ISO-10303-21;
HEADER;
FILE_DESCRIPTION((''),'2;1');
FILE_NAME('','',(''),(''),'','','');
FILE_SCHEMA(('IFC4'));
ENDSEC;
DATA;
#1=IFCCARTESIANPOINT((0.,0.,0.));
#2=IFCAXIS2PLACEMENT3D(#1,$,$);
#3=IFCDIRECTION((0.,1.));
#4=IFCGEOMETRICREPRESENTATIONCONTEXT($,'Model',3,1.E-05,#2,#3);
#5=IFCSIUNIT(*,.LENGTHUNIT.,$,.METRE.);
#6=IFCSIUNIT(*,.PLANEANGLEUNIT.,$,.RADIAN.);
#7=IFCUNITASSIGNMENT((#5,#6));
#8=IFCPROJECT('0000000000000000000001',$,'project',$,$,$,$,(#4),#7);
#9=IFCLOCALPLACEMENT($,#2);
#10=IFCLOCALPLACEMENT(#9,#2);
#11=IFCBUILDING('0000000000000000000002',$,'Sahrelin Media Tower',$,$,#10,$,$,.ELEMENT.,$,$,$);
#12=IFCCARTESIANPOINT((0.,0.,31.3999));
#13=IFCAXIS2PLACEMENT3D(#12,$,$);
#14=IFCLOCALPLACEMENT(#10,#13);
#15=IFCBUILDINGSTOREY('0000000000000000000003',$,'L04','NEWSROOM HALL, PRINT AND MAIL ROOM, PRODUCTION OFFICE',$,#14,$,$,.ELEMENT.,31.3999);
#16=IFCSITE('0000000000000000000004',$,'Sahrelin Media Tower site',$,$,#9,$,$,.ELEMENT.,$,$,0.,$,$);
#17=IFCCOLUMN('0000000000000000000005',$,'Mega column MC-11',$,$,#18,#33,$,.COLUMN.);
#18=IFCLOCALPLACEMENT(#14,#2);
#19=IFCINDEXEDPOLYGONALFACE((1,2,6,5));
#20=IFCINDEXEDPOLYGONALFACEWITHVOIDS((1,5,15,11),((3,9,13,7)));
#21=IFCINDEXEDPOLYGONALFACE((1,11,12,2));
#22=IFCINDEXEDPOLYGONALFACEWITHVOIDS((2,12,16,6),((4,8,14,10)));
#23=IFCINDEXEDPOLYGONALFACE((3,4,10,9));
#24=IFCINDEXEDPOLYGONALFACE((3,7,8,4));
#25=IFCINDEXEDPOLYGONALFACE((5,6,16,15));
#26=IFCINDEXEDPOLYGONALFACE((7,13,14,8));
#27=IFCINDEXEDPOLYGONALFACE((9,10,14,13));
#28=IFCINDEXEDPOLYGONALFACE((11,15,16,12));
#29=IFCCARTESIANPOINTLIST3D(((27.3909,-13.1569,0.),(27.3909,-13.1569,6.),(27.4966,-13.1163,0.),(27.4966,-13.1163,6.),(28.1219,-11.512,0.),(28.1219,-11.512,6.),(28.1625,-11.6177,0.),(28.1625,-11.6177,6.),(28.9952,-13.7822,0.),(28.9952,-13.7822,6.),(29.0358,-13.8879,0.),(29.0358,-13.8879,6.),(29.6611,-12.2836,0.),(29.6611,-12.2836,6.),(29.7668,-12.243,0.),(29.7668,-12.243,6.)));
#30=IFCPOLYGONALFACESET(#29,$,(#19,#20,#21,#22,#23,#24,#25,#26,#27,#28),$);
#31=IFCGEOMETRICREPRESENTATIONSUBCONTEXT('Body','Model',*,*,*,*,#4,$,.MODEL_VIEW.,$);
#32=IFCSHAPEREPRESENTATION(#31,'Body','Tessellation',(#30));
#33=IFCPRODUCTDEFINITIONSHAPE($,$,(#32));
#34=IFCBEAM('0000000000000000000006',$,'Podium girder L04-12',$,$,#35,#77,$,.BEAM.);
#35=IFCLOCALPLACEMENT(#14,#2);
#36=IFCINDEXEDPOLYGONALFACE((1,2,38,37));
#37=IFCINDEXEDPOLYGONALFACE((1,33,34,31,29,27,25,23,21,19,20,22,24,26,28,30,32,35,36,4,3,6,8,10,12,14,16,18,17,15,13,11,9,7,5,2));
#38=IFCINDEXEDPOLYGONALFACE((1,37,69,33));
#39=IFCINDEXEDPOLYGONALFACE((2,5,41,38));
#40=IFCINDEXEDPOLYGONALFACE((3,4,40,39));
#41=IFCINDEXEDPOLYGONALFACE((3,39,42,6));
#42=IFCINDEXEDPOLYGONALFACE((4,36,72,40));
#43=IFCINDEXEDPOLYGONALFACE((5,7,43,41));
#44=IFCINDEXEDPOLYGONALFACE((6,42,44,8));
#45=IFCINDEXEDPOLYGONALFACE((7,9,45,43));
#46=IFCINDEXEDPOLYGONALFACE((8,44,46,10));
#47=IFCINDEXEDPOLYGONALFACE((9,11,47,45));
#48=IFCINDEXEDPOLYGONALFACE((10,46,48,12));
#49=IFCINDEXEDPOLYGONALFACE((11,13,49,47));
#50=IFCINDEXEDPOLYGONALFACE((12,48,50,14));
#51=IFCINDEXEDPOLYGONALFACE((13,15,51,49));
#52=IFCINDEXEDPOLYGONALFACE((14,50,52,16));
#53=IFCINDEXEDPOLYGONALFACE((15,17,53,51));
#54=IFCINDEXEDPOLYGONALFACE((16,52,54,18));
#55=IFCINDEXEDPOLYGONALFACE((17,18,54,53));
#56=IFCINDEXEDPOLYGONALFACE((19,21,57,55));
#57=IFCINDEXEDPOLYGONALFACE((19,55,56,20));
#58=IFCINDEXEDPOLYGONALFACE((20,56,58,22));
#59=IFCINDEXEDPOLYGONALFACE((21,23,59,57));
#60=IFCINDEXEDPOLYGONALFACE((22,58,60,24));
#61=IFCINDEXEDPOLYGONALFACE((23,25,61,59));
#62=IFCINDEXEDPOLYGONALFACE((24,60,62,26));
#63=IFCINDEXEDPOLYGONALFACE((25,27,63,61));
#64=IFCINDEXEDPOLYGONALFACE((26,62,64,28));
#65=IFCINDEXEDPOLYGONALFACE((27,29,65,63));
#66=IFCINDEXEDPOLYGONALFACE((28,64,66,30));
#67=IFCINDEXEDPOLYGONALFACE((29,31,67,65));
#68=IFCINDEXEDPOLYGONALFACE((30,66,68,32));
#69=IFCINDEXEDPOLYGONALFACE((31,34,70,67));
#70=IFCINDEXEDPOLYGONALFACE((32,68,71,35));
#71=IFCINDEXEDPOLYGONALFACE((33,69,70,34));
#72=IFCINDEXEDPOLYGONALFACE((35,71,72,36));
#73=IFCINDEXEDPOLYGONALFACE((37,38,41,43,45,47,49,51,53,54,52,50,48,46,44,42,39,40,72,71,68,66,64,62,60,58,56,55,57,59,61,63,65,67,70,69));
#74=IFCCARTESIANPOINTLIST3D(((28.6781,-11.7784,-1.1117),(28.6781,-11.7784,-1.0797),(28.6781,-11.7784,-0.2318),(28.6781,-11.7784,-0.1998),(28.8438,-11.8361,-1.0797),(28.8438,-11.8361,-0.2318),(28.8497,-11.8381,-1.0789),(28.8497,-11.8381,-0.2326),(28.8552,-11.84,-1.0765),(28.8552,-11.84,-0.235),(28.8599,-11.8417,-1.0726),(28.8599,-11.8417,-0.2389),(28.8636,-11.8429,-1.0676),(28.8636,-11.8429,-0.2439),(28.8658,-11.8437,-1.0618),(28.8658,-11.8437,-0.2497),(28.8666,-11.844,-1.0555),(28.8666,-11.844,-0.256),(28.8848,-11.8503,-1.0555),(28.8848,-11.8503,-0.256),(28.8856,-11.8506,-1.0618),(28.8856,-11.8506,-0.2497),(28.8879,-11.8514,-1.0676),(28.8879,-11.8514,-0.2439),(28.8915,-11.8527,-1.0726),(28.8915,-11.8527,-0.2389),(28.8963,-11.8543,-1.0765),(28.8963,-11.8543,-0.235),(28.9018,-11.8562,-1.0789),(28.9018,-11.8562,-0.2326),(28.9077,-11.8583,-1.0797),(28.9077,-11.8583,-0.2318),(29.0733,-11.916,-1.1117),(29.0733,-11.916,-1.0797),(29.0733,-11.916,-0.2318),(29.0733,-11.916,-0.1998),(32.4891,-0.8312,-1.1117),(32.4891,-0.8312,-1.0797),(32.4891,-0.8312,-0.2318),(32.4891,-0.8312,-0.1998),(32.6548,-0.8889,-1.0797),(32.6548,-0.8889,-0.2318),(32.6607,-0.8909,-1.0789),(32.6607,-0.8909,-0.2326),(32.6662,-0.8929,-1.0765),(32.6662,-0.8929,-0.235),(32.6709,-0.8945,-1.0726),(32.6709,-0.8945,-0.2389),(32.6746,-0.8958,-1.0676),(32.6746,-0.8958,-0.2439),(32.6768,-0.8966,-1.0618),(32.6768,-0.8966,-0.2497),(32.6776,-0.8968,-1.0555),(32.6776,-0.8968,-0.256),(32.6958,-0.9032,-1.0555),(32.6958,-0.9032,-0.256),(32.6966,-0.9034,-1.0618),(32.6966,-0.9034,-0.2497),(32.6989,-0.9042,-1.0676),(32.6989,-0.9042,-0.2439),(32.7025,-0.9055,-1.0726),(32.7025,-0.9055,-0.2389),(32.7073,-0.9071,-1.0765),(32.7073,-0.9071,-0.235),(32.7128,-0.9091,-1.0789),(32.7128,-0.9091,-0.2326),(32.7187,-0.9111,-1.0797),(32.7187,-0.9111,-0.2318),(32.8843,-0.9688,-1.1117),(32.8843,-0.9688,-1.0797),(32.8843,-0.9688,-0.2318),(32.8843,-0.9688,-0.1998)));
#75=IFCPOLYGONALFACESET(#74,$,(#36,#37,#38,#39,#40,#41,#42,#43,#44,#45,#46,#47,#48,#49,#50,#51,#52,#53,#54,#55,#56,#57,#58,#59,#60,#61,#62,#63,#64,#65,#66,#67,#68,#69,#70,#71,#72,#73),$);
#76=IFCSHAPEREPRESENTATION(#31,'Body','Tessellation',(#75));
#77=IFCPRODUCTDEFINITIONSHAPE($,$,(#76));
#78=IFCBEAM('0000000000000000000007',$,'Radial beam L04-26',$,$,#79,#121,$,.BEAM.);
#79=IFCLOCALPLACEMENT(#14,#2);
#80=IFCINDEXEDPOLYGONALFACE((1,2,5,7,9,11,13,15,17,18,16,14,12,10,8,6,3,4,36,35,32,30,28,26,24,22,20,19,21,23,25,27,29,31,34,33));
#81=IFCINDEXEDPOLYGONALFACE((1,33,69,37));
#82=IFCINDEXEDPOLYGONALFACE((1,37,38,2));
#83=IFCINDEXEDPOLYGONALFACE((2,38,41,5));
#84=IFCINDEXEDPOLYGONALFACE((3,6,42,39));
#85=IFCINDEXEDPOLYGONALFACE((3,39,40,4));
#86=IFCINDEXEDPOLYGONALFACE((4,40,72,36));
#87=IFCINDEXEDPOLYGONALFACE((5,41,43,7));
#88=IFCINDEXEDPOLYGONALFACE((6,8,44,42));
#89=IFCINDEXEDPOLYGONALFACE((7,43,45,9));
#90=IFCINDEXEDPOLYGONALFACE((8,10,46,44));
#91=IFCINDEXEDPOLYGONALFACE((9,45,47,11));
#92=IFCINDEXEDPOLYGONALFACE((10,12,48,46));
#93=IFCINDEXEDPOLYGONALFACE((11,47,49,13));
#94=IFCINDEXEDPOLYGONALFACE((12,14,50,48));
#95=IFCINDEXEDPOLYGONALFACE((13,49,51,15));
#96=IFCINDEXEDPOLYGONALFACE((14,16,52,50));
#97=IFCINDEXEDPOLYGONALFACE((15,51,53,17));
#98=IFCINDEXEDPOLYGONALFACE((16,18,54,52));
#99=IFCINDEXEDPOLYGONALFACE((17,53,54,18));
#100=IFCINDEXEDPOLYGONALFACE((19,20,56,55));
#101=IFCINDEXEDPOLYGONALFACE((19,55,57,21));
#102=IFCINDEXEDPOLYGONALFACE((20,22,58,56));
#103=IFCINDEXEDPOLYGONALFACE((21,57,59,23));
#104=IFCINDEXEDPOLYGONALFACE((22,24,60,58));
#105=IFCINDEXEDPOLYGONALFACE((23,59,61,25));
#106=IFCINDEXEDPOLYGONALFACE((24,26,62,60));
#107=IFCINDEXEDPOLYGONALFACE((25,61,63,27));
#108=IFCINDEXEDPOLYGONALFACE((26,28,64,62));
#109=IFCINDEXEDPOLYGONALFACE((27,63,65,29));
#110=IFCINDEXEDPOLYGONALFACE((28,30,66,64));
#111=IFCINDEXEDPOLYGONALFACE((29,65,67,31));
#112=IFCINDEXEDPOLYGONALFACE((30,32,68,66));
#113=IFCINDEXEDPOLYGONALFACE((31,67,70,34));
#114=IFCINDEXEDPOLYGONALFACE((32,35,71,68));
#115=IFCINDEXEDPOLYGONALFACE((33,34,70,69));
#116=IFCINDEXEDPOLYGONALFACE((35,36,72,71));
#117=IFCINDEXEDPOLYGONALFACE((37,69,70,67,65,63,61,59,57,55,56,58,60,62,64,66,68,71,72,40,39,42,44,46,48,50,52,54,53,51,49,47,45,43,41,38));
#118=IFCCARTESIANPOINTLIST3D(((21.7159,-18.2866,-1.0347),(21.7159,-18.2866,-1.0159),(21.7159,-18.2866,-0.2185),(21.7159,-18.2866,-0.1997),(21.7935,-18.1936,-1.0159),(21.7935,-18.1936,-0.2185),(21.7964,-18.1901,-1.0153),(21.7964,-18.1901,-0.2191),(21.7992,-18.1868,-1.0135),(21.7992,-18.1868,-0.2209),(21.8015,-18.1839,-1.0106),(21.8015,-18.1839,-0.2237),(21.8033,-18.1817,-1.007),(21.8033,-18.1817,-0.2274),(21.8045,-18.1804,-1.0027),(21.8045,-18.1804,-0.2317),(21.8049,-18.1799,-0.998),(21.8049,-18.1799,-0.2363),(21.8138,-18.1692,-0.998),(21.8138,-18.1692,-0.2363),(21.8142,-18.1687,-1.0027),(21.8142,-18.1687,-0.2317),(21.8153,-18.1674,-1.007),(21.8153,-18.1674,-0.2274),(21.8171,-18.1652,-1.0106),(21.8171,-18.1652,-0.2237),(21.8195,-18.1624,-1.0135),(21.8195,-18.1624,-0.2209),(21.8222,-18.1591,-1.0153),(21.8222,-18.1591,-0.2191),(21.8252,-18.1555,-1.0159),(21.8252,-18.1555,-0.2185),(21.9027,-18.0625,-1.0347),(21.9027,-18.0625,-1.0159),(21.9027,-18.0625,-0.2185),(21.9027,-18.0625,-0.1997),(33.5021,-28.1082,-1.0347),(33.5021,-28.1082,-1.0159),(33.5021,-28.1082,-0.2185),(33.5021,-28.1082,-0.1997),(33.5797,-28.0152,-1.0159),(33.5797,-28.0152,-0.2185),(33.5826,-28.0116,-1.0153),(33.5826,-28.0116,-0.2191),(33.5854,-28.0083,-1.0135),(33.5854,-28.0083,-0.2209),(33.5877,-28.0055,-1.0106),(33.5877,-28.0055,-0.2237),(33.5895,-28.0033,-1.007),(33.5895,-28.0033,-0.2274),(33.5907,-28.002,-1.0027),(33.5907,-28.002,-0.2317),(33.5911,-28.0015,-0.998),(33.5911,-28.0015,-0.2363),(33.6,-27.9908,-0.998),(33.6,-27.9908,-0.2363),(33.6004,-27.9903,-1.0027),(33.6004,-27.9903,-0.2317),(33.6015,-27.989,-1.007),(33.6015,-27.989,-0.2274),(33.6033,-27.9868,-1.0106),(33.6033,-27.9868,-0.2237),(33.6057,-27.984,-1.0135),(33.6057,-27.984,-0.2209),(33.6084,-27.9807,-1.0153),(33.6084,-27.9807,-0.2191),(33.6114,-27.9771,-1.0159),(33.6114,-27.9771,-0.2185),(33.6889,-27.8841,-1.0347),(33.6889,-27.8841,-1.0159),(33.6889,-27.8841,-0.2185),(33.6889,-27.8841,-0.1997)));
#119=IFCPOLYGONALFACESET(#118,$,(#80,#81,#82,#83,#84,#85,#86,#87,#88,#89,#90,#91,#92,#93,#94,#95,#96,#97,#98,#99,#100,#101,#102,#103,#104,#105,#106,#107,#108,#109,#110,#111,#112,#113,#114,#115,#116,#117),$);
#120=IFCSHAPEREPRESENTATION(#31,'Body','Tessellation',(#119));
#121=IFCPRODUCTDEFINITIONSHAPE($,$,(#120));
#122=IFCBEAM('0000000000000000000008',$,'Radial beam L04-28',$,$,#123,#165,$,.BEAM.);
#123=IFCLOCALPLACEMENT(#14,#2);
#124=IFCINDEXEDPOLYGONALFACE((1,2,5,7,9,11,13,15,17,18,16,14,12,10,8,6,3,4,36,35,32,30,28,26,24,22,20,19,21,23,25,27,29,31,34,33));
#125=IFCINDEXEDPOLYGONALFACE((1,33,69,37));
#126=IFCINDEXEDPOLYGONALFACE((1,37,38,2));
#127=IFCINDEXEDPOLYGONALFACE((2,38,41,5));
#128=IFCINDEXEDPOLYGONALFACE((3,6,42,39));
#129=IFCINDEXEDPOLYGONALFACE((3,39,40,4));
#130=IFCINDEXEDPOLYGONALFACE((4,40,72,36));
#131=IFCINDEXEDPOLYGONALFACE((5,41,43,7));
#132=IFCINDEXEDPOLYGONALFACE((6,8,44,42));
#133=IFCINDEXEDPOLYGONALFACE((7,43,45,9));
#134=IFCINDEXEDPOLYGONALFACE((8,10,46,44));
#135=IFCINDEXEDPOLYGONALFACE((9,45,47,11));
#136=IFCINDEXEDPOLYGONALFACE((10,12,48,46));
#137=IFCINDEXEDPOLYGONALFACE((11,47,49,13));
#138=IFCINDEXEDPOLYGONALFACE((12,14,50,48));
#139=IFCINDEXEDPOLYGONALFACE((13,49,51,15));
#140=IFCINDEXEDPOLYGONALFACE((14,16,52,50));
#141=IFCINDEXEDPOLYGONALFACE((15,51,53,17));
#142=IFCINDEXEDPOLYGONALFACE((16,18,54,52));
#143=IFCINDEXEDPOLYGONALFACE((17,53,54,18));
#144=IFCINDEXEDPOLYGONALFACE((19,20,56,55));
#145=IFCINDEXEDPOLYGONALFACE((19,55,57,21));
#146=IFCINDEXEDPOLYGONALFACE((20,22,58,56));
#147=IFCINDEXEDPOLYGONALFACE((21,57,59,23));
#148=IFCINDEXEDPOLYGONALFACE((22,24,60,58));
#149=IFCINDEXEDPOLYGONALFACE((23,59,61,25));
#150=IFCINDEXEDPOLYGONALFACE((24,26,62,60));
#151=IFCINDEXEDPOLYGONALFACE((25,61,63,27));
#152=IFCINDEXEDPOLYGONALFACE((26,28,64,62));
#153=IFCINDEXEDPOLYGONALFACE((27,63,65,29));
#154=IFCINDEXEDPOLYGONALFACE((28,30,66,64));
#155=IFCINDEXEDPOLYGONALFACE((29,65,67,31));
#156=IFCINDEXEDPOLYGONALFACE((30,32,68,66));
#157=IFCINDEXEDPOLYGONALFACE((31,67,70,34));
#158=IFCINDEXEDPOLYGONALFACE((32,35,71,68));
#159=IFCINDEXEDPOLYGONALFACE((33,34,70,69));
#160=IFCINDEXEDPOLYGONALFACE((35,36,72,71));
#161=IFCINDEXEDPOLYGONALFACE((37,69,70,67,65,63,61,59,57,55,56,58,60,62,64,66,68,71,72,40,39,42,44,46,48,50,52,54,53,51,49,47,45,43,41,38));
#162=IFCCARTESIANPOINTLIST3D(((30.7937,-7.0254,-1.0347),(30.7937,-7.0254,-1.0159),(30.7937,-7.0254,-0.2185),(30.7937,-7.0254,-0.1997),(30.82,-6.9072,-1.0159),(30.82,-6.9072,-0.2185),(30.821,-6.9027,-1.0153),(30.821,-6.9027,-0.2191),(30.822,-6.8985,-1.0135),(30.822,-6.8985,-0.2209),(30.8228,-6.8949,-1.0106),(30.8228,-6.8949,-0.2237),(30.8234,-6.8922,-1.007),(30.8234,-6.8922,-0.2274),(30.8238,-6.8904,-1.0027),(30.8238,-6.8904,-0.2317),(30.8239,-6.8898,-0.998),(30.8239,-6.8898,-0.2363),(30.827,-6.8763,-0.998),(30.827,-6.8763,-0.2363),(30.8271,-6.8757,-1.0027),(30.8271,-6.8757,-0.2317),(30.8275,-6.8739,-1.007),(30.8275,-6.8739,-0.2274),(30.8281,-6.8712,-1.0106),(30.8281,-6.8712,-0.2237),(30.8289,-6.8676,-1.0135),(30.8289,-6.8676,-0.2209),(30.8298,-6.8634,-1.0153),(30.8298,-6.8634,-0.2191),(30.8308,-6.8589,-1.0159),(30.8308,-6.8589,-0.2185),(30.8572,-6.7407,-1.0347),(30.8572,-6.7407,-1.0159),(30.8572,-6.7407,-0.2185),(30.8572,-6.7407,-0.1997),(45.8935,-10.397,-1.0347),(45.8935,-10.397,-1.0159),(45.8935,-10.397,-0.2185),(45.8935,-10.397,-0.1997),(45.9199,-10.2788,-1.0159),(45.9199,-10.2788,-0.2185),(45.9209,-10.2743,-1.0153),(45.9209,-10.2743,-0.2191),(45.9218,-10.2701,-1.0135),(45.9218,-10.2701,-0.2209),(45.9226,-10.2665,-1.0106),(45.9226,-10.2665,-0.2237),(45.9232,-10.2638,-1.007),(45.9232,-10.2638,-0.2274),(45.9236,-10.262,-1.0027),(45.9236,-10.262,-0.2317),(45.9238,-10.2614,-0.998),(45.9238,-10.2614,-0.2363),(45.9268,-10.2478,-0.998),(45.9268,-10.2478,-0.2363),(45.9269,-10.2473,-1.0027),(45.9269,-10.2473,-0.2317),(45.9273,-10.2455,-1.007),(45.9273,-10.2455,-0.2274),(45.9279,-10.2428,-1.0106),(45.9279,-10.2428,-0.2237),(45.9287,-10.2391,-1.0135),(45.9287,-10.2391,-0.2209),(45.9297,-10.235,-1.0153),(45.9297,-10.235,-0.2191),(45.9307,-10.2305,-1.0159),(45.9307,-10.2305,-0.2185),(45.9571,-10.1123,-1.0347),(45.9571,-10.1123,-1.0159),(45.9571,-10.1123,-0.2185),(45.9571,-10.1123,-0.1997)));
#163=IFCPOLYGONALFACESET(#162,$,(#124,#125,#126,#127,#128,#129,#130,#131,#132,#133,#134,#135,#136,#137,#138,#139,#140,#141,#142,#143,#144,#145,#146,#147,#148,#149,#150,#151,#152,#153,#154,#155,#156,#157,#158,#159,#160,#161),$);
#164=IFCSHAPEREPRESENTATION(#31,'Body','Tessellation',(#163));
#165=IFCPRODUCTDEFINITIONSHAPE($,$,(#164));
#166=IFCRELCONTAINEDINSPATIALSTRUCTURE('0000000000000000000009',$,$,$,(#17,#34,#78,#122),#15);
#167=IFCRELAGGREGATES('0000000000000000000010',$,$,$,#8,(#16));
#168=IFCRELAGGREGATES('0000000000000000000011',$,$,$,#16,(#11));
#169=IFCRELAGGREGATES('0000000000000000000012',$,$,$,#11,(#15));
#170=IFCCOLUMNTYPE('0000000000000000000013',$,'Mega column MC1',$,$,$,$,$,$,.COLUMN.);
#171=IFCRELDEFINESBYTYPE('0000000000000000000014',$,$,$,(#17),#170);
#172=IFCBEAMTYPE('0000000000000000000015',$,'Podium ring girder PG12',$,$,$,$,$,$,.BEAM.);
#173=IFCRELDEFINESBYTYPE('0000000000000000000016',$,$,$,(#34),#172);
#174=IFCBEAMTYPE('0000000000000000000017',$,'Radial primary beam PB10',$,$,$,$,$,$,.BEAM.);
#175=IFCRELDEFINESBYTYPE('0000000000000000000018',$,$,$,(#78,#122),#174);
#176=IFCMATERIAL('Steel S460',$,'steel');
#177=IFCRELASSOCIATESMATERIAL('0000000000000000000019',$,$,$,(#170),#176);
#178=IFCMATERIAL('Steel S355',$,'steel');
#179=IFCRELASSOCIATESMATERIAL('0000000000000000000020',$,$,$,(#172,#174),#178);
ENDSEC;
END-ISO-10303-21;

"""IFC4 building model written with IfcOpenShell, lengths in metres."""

from ifc_helpers import new_model, si_unit, direction, frame, origin, origin_2d, place, context, subcontext, project, spatial, hollow_rectangle, i_section, extrude, material, material_profile, profile_set, type_object, element, save


model = new_model("IFC4")

# Units and contexts
model_context = context("Model", 3, precision=1e-05, world=origin(), true_north=direction((0.0, 1.0)))
body_context = subcontext(model_context, "Body", "Model", "MODEL_VIEW")
ifc_project = project(units=[si_unit("LENGTHUNIT", "METRE"), si_unit("PLANEANGLEUNIT", "RADIAN")], contexts=[model_context])

# Site, building, storey
site_placement = place(None, origin())
site = spatial("IfcSite", under=ifc_project, at=site_placement, Name="Sahrelin Media Tower site", CompositionType="ELEMENT", RefElevation=0.0)
building_placement = place(site_placement, origin())
building = spatial("IfcBuilding", under=site, at=building_placement, Name="Sahrelin Media Tower", CompositionType="ELEMENT")
storey_placement = place(building_placement, frame((0.0, 0.0, 31.3999)))
storey = spatial("IfcBuildingStorey", under=building, at=storey_placement, Name="L04", Description="NEWSROOM HALL, PRINT AND MAIL ROOM, PRODUCTION OFFICE", CompositionType="ELEMENT", Elevation=31.3999)

# Column
ifc_material_1 = material(Name="Steel S460", Category="steel")
ifc_material_profile_1 = material_profile(ifc_material_1, hollow_rectangle(XDim=1.8, YDim=1.8, WallThickness=0.0801, at=origin_2d()), Name="Mega column MC1")
ifc_profile_set_1 = profile_set([ifc_material_profile_1], Name="Steel S460")
column_type = type_object("IfcColumnType", Name="Mega column MC1", PredefinedType="COLUMN", material=ifc_profile_set_1)
column_placement = place(storey_placement, frame((28.5789, -12.7, 0.0), z_axis=(0.0, 0.0, 1.0), x_axis=(0.913831, -0.406094, 0.0)))
element("IfcColumn", 1, at=column_placement, inside=storey, type_object=column_type, Name="Mega column MC-11", PredefinedType="COLUMN", context=body_context, shape_type="SweptSolid", body=[
    extrude(hollow_rectangle(XDim=1.8, YDim=1.8, WallThickness=0.0801, at=origin_2d()), origin(), (0.0, 0.0, 1.0), 6.0),
])

# Beams
ifc_material_2 = material(Name="Steel S355", Category="steel")
ifc_material_profile_2 = material_profile(ifc_material_2, i_section(OverallWidth=0.4185, OverallDepth=0.9119, WebThickness=0.0193, FlangeThickness=0.032, FilletRadius=0.0242, at=origin_2d()), Name="UB 914x419x343")
ifc_profile_set_2 = profile_set([ifc_material_profile_2], Name="Steel S355")
beam_type_1 = type_object("IfcBeamType", Name="Podium ring girder PG12", PredefinedType="BEAM", material=ifc_profile_set_2)
beam_1_placement = place(storey_placement, frame((28.8757, -11.8472, -0.6558), z_axis=(0.328774, 0.944409, 0.0), x_axis=(-0.944409, 0.328774, 0.0)))
element("IfcBeam", 2, at=beam_1_placement, inside=storey, type_object=beam_type_1, Name="Podium girder L04-12", PredefinedType="BEAM", context=body_context, shape_type="SweptSolid", body=[
    extrude(i_section(OverallWidth=0.4185, OverallDepth=0.9119, WebThickness=0.0193, FlangeThickness=0.032, FilletRadius=0.0242, at=origin_2d()), origin(), (0.0, 0.0, 1.0), 11.5916),
])
ifc_material_profile_3 = material_profile(ifc_material_2, i_section(OverallWidth=0.2917, OverallDepth=0.835, WebThickness=0.0139, FlangeThickness=0.0188, FilletRadius=0.0178, at=origin_2d()), Name="UB 838x292x176")
ifc_profile_set_3 = profile_set([ifc_material_profile_3], Name="Steel S355")
beam_type_2 = type_object("IfcBeamType", Name="Radial primary beam PB10", PredefinedType="BEAM", material=ifc_profile_set_3)
beam_2_placement = place(storey_placement, frame((21.8093, -18.1746, -0.6172), z_axis=(0.768229, -0.640175, 0.0), x_axis=(0.640175, 0.768229, 0.0)))
element("IfcBeam", 3, at=beam_2_placement, inside=storey, type_object=beam_type_2, Name="Radial beam L04-26", PredefinedType="BEAM", context=body_context, shape_type="SweptSolid", body=[
    extrude(i_section(OverallWidth=0.2917, OverallDepth=0.835, WebThickness=0.0139, FlangeThickness=0.0188, FilletRadius=0.0178, at=origin_2d()), origin(), (0.0, 0.0, 1.0), 15.342),
])
beam_3_placement = place(storey_placement, frame((30.8254, -6.8831, -0.6172), z_axis=(0.975967, -0.217919, 0.0), x_axis=(0.217919, 0.975967, 0.0)))
element("IfcBeam", 4, at=beam_3_placement, inside=storey, type_object=beam_type_2, Name="Radial beam L04-28", PredefinedType="BEAM", context=body_context, shape_type="SweptSolid", body=[
    extrude(i_section(OverallWidth=0.2917, OverallDepth=0.835, WebThickness=0.0139, FlangeThickness=0.0188, FilletRadius=0.0178, at=origin_2d()), origin(), (0.0, 0.0, 1.0), 15.4717),
])

save(model, "model.ifc")
